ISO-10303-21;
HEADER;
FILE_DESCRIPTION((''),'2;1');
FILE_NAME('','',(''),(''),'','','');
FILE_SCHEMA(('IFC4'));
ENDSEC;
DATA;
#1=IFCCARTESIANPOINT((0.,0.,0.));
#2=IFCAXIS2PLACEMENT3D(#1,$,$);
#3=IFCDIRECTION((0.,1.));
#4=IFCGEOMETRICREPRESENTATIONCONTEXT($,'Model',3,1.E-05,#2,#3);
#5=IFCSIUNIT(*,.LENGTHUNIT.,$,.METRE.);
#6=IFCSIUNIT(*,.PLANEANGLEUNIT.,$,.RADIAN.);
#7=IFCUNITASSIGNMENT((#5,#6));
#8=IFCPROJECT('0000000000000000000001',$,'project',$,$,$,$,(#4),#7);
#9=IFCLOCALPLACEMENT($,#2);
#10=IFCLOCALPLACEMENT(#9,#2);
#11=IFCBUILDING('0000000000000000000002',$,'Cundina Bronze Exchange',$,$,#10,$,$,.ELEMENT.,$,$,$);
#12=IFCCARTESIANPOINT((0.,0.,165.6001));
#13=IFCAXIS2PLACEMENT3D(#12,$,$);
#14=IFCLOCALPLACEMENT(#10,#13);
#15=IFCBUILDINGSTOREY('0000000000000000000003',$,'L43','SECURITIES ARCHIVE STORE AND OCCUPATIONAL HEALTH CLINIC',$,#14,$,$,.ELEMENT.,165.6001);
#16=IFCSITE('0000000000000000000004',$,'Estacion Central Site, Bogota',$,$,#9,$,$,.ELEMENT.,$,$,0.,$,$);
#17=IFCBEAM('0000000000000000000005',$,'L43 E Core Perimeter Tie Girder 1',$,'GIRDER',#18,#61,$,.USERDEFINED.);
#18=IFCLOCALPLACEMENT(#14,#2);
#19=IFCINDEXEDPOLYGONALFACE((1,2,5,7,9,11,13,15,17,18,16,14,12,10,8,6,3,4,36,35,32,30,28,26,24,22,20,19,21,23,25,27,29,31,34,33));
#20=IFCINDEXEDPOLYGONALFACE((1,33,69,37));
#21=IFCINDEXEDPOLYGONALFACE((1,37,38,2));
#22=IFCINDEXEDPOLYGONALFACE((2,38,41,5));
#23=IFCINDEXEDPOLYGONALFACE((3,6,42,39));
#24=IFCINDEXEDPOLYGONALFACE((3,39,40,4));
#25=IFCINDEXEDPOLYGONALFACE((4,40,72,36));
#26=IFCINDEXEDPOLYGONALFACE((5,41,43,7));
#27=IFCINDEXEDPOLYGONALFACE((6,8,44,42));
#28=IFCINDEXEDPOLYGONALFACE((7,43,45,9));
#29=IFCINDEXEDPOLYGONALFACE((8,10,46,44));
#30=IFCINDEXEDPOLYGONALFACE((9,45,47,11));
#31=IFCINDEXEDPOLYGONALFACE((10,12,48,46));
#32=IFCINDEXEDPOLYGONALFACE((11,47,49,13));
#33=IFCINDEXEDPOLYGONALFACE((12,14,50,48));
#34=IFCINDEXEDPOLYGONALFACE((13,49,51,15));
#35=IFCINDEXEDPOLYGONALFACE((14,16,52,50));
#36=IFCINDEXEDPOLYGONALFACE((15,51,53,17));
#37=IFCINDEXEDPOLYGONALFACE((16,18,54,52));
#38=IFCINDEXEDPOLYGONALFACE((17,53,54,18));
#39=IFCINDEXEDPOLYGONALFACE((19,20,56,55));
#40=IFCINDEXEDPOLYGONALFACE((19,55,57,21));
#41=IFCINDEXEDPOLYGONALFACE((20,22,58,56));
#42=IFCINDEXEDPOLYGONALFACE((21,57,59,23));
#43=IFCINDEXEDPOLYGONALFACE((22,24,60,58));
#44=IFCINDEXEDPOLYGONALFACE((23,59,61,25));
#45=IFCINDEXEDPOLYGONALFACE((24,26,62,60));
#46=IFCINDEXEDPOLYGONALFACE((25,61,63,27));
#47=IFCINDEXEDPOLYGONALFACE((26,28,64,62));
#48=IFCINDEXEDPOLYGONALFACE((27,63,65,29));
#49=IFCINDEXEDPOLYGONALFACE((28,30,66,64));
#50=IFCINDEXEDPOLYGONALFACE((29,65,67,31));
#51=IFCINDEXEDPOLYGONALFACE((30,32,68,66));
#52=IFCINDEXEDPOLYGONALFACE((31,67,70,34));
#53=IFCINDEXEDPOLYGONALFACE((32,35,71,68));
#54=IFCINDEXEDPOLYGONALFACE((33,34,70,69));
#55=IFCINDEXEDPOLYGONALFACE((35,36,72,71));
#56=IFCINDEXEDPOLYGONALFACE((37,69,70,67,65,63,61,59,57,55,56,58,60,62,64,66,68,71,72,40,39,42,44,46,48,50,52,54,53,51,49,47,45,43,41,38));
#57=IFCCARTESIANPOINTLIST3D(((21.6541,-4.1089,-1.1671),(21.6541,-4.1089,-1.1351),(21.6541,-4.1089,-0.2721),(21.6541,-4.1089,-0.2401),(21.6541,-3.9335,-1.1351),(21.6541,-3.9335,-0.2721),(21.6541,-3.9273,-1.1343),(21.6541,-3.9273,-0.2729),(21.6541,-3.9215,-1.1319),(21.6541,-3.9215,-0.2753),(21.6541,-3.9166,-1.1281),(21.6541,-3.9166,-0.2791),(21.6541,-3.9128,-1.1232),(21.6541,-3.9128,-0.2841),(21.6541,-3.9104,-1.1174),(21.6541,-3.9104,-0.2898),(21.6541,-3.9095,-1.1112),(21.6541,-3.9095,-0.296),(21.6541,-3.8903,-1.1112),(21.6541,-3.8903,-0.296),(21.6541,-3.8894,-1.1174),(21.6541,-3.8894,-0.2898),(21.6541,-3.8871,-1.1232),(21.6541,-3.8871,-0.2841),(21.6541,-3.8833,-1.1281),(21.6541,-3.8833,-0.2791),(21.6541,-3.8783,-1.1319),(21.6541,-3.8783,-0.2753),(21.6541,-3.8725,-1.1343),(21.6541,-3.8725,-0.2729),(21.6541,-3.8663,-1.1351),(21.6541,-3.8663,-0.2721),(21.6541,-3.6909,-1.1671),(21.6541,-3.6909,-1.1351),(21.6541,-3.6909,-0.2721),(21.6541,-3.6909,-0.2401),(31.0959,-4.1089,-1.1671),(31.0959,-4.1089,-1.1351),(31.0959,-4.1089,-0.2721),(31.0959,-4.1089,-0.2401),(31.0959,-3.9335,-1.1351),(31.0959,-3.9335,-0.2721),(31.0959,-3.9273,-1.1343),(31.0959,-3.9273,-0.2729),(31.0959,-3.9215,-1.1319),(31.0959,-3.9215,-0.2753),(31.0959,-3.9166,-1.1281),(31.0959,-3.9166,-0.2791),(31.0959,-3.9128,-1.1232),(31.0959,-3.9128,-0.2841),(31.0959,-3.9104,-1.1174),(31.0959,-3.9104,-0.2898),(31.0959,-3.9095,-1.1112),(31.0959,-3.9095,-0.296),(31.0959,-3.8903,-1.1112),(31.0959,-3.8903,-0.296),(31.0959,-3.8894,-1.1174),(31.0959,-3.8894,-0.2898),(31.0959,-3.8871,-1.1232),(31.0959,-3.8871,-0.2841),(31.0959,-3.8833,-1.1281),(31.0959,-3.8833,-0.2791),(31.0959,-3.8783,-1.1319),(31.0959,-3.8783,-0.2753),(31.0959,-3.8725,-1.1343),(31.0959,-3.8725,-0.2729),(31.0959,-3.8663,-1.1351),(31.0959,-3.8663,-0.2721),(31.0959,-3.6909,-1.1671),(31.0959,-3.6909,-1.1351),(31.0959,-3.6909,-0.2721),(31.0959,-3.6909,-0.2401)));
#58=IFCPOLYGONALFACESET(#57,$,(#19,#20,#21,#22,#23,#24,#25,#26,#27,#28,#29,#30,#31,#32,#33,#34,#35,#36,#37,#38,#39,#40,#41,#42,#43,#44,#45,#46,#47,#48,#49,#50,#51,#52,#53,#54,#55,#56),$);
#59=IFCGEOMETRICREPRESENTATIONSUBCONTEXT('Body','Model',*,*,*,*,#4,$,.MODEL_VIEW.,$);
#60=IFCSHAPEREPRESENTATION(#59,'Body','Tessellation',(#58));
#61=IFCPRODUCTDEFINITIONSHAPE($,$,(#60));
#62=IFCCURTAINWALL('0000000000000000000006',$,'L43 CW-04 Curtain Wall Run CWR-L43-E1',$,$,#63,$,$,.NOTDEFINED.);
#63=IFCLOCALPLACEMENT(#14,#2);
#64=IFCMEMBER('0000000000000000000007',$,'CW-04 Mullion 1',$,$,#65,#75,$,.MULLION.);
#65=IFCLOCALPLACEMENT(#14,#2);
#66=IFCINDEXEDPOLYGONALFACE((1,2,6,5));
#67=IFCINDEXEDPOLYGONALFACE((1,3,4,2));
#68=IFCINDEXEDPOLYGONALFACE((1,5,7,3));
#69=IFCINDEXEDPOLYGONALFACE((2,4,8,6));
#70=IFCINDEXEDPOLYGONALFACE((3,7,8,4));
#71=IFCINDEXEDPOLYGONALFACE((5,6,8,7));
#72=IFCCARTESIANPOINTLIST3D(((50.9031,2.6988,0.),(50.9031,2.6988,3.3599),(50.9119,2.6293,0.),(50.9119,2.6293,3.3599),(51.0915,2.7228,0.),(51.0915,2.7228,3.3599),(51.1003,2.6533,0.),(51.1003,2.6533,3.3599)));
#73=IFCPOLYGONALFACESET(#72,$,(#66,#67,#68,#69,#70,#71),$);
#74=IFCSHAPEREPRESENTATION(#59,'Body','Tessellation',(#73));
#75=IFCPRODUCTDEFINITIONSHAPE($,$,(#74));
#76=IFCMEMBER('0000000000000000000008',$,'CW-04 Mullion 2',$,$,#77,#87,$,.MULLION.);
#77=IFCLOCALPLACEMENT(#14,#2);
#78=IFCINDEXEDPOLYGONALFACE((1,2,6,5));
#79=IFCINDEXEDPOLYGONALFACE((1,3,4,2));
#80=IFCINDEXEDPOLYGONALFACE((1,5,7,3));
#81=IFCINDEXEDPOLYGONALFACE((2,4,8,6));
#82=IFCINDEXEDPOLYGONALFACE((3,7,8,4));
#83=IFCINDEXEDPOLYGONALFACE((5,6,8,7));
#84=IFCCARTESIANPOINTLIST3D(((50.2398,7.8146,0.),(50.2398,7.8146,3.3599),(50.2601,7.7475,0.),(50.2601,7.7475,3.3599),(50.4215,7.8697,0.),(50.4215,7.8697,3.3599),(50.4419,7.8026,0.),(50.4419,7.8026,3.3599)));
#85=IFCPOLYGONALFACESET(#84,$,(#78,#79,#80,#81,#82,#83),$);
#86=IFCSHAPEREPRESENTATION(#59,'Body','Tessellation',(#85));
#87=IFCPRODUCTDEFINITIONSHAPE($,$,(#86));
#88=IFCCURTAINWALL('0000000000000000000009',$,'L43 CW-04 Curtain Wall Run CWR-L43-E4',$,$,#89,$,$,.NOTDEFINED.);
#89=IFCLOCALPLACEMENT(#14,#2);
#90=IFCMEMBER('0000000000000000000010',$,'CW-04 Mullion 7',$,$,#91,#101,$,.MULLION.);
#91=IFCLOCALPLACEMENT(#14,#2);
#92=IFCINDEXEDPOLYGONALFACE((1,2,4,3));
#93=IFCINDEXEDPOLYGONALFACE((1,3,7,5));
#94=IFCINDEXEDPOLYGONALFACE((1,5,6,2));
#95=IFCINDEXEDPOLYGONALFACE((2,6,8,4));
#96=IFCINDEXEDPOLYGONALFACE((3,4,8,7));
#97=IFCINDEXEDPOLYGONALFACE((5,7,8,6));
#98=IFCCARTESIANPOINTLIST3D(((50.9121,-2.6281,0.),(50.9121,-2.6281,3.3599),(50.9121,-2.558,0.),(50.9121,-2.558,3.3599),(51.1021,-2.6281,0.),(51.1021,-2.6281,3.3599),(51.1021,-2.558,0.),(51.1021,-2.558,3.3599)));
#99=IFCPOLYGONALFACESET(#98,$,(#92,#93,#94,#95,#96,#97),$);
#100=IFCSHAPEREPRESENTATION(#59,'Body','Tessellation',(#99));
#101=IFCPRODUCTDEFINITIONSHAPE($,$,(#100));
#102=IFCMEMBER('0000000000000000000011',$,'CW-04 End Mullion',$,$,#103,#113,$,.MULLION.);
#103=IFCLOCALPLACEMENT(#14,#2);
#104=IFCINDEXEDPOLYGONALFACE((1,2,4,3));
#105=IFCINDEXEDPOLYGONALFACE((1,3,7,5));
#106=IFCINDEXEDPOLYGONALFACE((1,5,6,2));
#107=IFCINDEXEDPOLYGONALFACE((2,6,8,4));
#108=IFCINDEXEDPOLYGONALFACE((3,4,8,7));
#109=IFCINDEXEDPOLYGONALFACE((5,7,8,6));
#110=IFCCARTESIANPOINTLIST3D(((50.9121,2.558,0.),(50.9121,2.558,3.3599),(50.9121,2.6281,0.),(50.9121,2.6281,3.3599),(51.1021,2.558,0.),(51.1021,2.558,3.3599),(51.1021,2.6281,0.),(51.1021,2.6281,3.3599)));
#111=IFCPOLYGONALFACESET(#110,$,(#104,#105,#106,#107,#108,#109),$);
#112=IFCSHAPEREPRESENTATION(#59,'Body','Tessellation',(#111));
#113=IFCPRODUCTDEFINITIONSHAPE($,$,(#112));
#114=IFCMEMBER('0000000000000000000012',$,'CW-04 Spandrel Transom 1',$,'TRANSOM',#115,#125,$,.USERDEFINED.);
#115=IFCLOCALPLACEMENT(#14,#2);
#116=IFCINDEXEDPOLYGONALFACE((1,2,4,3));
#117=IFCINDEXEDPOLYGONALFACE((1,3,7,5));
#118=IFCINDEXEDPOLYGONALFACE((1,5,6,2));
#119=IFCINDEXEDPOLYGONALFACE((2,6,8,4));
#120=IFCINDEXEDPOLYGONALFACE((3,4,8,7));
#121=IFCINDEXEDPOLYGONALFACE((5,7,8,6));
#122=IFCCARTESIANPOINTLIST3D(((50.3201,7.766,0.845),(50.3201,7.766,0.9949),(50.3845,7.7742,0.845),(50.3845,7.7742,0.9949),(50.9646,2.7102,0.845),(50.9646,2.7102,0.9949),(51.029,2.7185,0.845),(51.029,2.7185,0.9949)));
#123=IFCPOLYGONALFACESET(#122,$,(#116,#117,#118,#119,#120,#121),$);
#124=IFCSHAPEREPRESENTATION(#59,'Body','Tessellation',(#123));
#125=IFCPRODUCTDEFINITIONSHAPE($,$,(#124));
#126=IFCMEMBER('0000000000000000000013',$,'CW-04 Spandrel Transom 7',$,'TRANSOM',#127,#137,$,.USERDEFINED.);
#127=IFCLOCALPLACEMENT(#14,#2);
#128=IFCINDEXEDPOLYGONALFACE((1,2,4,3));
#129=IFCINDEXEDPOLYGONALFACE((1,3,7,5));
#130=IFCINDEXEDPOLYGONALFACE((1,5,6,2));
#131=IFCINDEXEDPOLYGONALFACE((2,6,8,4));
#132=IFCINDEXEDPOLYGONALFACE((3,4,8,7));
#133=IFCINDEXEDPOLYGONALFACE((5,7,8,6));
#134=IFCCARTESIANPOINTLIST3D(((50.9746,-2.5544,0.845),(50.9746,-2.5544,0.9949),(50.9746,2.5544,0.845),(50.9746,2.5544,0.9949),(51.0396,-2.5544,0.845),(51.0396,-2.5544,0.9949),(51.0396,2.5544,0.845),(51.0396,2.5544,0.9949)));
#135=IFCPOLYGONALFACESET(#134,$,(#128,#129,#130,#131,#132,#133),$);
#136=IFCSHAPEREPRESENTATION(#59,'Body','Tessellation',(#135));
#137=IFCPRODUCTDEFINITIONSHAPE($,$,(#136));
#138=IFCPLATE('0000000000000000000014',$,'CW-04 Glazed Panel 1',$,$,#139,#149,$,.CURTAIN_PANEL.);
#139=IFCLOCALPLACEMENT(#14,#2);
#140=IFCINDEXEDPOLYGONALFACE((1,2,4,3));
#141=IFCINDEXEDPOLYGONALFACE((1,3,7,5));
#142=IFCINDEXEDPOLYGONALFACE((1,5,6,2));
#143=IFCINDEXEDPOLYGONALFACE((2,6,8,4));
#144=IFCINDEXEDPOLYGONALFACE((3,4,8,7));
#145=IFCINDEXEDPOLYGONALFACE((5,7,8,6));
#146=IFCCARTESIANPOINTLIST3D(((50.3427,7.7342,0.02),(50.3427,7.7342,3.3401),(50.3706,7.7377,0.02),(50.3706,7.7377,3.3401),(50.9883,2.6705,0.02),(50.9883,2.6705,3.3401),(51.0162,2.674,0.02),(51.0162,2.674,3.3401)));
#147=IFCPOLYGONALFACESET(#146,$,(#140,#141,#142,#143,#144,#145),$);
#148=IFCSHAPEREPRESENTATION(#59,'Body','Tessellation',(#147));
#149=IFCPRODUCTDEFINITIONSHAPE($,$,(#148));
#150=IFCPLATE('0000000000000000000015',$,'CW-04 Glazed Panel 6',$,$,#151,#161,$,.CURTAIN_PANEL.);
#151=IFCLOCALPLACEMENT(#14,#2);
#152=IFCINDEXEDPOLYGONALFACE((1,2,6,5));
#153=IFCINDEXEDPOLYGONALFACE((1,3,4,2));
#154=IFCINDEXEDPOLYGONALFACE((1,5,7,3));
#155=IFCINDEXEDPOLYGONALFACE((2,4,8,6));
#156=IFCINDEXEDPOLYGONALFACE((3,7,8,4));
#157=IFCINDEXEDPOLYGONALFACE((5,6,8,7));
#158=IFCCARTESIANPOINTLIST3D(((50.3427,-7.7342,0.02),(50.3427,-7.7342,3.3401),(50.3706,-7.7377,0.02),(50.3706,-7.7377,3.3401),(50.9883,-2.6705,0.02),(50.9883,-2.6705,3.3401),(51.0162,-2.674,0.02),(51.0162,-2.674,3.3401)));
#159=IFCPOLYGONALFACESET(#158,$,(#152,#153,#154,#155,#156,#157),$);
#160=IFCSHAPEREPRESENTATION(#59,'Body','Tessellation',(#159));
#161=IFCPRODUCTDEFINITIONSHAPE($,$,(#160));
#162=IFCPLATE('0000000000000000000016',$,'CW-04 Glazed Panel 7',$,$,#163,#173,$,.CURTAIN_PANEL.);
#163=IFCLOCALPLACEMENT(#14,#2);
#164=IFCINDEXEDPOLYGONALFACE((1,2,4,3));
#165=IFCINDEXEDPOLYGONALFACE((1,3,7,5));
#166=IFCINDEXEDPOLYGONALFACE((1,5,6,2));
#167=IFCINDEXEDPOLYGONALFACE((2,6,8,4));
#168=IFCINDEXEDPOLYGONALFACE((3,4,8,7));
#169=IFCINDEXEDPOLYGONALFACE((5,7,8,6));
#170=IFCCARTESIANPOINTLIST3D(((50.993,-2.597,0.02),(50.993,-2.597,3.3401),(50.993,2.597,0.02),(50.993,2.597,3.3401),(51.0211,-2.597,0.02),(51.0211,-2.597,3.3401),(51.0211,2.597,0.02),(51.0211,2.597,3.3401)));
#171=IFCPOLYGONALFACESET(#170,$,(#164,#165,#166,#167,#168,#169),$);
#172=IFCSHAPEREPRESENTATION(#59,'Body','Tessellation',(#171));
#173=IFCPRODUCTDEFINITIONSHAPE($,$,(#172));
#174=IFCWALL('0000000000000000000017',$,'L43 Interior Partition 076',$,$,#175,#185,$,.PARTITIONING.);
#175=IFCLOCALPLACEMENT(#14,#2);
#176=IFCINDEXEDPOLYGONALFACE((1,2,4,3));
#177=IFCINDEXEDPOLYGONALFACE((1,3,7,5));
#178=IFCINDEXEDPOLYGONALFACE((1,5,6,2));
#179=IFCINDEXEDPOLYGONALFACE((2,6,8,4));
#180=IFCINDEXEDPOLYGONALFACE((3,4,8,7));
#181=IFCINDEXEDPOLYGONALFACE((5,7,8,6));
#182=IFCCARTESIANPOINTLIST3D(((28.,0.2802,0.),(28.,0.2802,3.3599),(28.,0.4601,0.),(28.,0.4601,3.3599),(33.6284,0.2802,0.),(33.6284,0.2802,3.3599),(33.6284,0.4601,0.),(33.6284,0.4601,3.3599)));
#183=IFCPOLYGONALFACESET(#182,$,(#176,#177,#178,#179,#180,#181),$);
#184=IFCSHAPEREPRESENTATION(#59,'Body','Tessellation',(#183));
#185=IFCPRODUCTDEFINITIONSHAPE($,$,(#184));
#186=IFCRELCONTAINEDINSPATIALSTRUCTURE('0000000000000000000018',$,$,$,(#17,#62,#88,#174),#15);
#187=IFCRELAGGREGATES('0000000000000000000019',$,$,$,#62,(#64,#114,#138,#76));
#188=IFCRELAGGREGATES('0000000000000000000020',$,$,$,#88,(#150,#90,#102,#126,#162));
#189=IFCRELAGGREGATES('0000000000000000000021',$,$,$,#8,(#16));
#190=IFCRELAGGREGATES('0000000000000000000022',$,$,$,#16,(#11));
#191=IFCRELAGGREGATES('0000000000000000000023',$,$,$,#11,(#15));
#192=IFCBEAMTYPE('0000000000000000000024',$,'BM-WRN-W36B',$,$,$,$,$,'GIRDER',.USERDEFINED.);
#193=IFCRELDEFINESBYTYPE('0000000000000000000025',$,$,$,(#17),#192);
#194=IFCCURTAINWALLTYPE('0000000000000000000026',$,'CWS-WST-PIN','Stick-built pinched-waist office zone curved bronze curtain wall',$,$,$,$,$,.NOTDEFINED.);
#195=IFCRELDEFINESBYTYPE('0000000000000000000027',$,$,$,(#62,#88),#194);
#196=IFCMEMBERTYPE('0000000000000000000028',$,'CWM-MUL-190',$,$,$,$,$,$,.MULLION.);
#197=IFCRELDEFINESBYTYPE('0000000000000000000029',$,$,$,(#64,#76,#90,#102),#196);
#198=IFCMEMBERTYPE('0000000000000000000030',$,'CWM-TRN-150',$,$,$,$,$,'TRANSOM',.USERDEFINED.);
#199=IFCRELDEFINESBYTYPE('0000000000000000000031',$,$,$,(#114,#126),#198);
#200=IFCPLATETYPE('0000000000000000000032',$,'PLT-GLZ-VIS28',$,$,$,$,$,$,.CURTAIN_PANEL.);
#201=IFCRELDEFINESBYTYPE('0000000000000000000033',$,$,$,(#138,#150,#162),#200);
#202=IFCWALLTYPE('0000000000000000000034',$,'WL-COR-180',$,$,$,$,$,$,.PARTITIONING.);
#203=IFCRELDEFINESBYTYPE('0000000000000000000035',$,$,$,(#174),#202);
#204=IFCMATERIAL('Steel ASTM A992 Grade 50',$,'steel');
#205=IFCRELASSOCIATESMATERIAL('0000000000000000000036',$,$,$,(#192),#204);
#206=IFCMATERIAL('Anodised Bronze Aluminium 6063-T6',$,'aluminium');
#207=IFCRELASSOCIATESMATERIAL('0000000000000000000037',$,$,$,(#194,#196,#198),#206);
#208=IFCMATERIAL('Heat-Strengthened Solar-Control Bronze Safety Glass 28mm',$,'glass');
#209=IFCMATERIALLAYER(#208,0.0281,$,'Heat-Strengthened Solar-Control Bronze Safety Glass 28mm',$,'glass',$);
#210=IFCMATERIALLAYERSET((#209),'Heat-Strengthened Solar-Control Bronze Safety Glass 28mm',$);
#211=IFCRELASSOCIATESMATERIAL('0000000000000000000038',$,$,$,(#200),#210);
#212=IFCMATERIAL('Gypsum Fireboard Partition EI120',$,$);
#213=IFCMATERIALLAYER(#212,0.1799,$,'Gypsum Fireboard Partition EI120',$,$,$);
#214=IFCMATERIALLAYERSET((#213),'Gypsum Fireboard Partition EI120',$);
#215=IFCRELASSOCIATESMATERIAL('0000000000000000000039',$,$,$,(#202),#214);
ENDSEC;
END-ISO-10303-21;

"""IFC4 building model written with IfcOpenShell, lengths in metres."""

from ifc_helpers import new_model, si_unit, direction, frame, frame_2d, origin, origin_2d, place, context, subcontext, project, spatial, rectangle, i_section, extrude, material, layer, layer_set, material_profile, profile_set, type_object, element, aggregate, save


model = new_model("IFC4")

# Units and contexts
model_context = context("Model", 3, precision=1e-05, world=origin(), true_north=direction((0.0, 1.0)))
body_context = subcontext(model_context, "Body", "Model", "MODEL_VIEW")
ifc_project = project(units=[si_unit("LENGTHUNIT", "METRE"), si_unit("PLANEANGLEUNIT", "RADIAN")], contexts=[model_context])

# Site, building, storey
site_placement = place(None, origin())
site = spatial("IfcSite", under=ifc_project, at=site_placement, Name="Estacion Central Site, Bogota", CompositionType="ELEMENT", RefElevation=0.0)
building_placement = place(site_placement, origin())
building = spatial("IfcBuilding", under=site, at=building_placement, Name="Cundina Bronze Exchange", CompositionType="ELEMENT")
storey_placement = place(building_placement, frame((0.0, 0.0, 165.6001)))
storey = spatial("IfcBuildingStorey", under=building, at=storey_placement, Name="L43", Description="SECURITIES ARCHIVE STORE AND OCCUPATIONAL HEALTH CLINIC", CompositionType="ELEMENT", Elevation=165.6001)

# Shared definitions
ifc_material_1 = material(Name="Steel ASTM A992 Grade 50", Category="steel")

# Beam
ifc_material_profile_1 = material_profile(ifc_material_1, i_section(OverallWidth=0.418, OverallDepth=0.927, WebThickness=0.0193, FlangeThickness=0.032, FilletRadius=0.0239, at=origin_2d()), Name="W36X231", Category="steel")
ifc_profile_set_1 = profile_set([ifc_material_profile_1], Name="Steel ASTM A992 Grade 50")
beam_type_1 = type_object("IfcBeamType", Name="BM-WRN-W36B", ElementType="GIRDER", PredefinedType="USERDEFINED", material=ifc_profile_set_1)
beam_1_placement = place(storey_placement, frame((31.0959, -3.8999, -0.7036), z_axis=(-1.0, 0.0, 0.0), x_axis=(0.0, -1.0, 0.0)))
element("IfcBeam", 1, at=beam_1_placement, inside=storey, type_object=beam_type_1, Name="L43 E Core Perimeter Tie Girder 1", ObjectType="GIRDER", PredefinedType="USERDEFINED", context=body_context, shape_type="SweptSolid", body=[
    extrude(i_section(OverallWidth=0.418, OverallDepth=0.927, WebThickness=0.0193, FlangeThickness=0.032, FilletRadius=0.0239, at=origin_2d()), origin(), (0.0, 0.0, 1.0), 9.4419),
])

# Curtain walls, members
ifc_material_2 = material(Name="Anodised Bronze Aluminium 6063-T6", Category="aluminium")
curtain_wall_type = type_object("IfcCurtainWallType", Name="CWS-WST-PIN", Description="Stick-built pinched-waist office zone curved bronze curtain wall", PredefinedType="NOTDEFINED", material=ifc_material_2)
curtain_wall_1_placement = place(storey_placement, origin())
curtain_wall_1 = element("IfcCurtainWall", 2, at=curtain_wall_1_placement, inside=storey, type_object=curtain_wall_type, Name="L43 CW-04 Curtain Wall Run CWR-L43-E1", PredefinedType="NOTDEFINED")
ifc_material_profile_2 = material_profile(ifc_material_2, rectangle(XDim=0.0701, YDim=0.1899, at=origin_2d()), Name="AL70X190", Category="aluminium")
ifc_profile_set_2 = profile_set([ifc_material_profile_2], Name="Anodised Bronze Aluminium 6063-T6")
member_type_1 = type_object("IfcMemberType", Name="CWM-MUL-190", PredefinedType="MULLION", material=ifc_profile_set_2)
member_1_placement = place(storey_placement, frame((51.0017, 2.676, 0.0), z_axis=(0.0, 0.0, 1.0), x_axis=(-0.126545, 0.991961, 0.0)))
member_1 = element("IfcMember", 3, at=member_1_placement, type_object=member_type_1, Name="CW-04 Mullion 1", PredefinedType="MULLION", context=body_context, shape_type="SweptSolid", body=[
    extrude(rectangle(XDim=0.0701, YDim=0.1899, at=origin_2d()), origin(), (0.0, 0.0, 1.0), 3.3599),
])
member_2_placement = place(storey_placement, frame((50.3408, 7.8086, 0.0), z_axis=(0.0, 0.0, 1.0), x_axis=(-0.290034, 0.957016, 0.0)))
member_2 = element("IfcMember", 4, at=member_2_placement, type_object=member_type_1, Name="CW-04 Mullion 2", PredefinedType="MULLION", context=body_context, shape_type="SweptSolid", body=[
    extrude(rectangle(XDim=0.0701, YDim=0.1899, at=origin_2d()), origin(), (0.0, 0.0, 1.0), 3.3599),
])
curtain_wall_2_placement = place(storey_placement, origin())
curtain_wall_2 = element("IfcCurtainWall", 5, at=curtain_wall_2_placement, inside=storey, type_object=curtain_wall_type, Name="L43 CW-04 Curtain Wall Run CWR-L43-E4", PredefinedType="NOTDEFINED")
member_3_placement = place(storey_placement, frame((51.0071, -2.593, 0.0), z_axis=(0.0, 0.0, 1.0), x_axis=(0.0, 1.0, 0.0)))
member_3 = element("IfcMember", 6, at=member_3_placement, type_object=member_type_1, Name="CW-04 Mullion 7", PredefinedType="MULLION", context=body_context, shape_type="SweptSolid", body=[
    extrude(rectangle(XDim=0.0701, YDim=0.1899, at=origin_2d()), origin(), (0.0, 0.0, 1.0), 3.3599),
])
member_4_placement = place(storey_placement, frame((51.0071, 2.593, 0.0), z_axis=(0.0, 0.0, 1.0), x_axis=(0.0, 1.0, 0.0)))
member_4 = element("IfcMember", 7, at=member_4_placement, type_object=member_type_1, Name="CW-04 End Mullion", PredefinedType="MULLION", context=body_context, shape_type="SweptSolid", body=[
    extrude(rectangle(XDim=0.0701, YDim=0.1899, at=origin_2d()), origin(), (0.0, 0.0, 1.0), 3.3599),
])

# Members
ifc_material_profile_3 = material_profile(ifc_material_2, rectangle(XDim=0.0649, YDim=0.1499, at=origin_2d()), Name="AL65X150", Category="aluminium")
ifc_profile_set_3 = profile_set([ifc_material_profile_3], Name="Anodised Bronze Aluminium 6063-T6")
member_type_2 = type_object("IfcMemberType", Name="CWM-TRN-150", ElementType="TRANSOM", PredefinedType="USERDEFINED", material=ifc_profile_set_3)
member_5_placement = place(storey_placement, frame((50.9968, 2.7144, 0.9199), z_axis=(-0.126463, 0.991971, 0.0), x_axis=(-0.991971, -0.126463, 0.0)))
member_5 = element("IfcMember", 8, at=member_5_placement, type_object=member_type_2, Name="CW-04 Spandrel Transom 1", ObjectType="TRANSOM", PredefinedType="USERDEFINED", context=body_context, shape_type="SweptSolid", body=[
    extrude(rectangle(XDim=0.0649, YDim=0.1499, at=origin_2d()), origin(), (0.0, 0.0, 1.0), 5.0967),
])
member_6_placement = place(storey_placement, frame((51.0071, -2.5544, 0.9199), z_axis=(0.0, 1.0, 0.0), x_axis=(-1.0, 0.0, 0.0)))
member_6 = element("IfcMember", 9, at=member_6_placement, type_object=member_type_2, Name="CW-04 Spandrel Transom 7", ObjectType="TRANSOM", PredefinedType="USERDEFINED", context=body_context, shape_type="SweptSolid", body=[
    extrude(rectangle(XDim=0.0649, YDim=0.1499, at=origin_2d()), origin(), (0.0, 0.0, 1.0), 5.1089),
])

# Plates
ifc_material_3 = material(Name="Heat-Strengthened Solar-Control Bronze Safety Glass 28mm", Category="glass")
ifc_layer_1 = layer(ifc_material_3, 0.0281, Name="Heat-Strengthened Solar-Control Bronze Safety Glass 28mm", Category="glass")
ifc_layer_set_1 = layer_set([ifc_layer_1], Name="Heat-Strengthened Solar-Control Bronze Safety Glass 28mm")
plate_type = type_object("IfcPlateType", Name="PLT-GLZ-VIS28", PredefinedType="CURTAIN_PANEL", material=ifc_layer_set_1)
plate_1_placement = place(storey_placement, frame((50.6794, 5.2041, 0.02), z_axis=(0.0, 0.0, 1.0), x_axis=(-0.126476, 0.99197, 0.0)))
plate_1 = element("IfcPlate", 10, at=plate_1_placement, type_object=plate_type, Name="CW-04 Glazed Panel 1", PredefinedType="CURTAIN_PANEL", context=body_context, shape_type="SweptSolid", body=[
    extrude(rectangle(XDim=5.1047, YDim=0.0281, at=origin_2d()), origin(), (0.0, 0.0, 1.0), 3.3201),
])
aggregate(curtain_wall_1, [member_1, member_5, plate_1, member_2])
plate_2_placement = place(storey_placement, frame((50.6794, -5.2041, 0.02), z_axis=(0.0, 0.0, 1.0), x_axis=(0.126476, 0.99197, 0.0)))
plate_2 = element("IfcPlate", 11, at=plate_2_placement, type_object=plate_type, Name="CW-04 Glazed Panel 6", PredefinedType="CURTAIN_PANEL", context=body_context, shape_type="SweptSolid", body=[
    extrude(rectangle(XDim=5.1047, YDim=0.0281, at=origin_2d()), origin(), (0.0, 0.0, 1.0), 3.3201),
])
plate_3_placement = place(storey_placement, frame((51.0071, 0.0, 0.02), z_axis=(0.0, 0.0, 1.0), x_axis=(0.0, 1.0, 0.0)))
plate_3 = element("IfcPlate", 12, at=plate_3_placement, type_object=plate_type, Name="CW-04 Glazed Panel 7", PredefinedType="CURTAIN_PANEL", context=body_context, shape_type="SweptSolid", body=[
    extrude(rectangle(XDim=5.1941, YDim=0.0281, at=origin_2d()), origin(), (0.0, 0.0, 1.0), 3.3201),
])
aggregate(curtain_wall_2, [plate_2, member_3, member_4, member_6, plate_3])

# Wall
ifc_material_4 = material(Name="Gypsum Fireboard Partition EI120")
ifc_layer_2 = layer(ifc_material_4, 0.1799, Name="Gypsum Fireboard Partition EI120")
ifc_layer_set_2 = layer_set([ifc_layer_2], Name="Gypsum Fireboard Partition EI120")
wall_type_1 = type_object("IfcWallType", Name="WL-COR-180", PredefinedType="PARTITIONING", material=ifc_layer_set_2)
wall_1_placement = place(storey_placement, frame((33.6284, 0.3701, 0.0), z_axis=(0.0, 0.0, 1.0), x_axis=(-1.0, 0.0, 0.0)))
element("IfcWall", 13, at=wall_1_placement, inside=storey, type_object=wall_type_1, Name="L43 Interior Partition 076", PredefinedType="PARTITIONING", context=body_context, shape_type="SweptSolid", body=[
    extrude(rectangle(XDim=5.6284, YDim=0.1799, at=frame_2d((2.8142, 0.0))), origin(), (0.0, 0.0, 1.0), 3.3599),
])

save(model, "model.ifc")
